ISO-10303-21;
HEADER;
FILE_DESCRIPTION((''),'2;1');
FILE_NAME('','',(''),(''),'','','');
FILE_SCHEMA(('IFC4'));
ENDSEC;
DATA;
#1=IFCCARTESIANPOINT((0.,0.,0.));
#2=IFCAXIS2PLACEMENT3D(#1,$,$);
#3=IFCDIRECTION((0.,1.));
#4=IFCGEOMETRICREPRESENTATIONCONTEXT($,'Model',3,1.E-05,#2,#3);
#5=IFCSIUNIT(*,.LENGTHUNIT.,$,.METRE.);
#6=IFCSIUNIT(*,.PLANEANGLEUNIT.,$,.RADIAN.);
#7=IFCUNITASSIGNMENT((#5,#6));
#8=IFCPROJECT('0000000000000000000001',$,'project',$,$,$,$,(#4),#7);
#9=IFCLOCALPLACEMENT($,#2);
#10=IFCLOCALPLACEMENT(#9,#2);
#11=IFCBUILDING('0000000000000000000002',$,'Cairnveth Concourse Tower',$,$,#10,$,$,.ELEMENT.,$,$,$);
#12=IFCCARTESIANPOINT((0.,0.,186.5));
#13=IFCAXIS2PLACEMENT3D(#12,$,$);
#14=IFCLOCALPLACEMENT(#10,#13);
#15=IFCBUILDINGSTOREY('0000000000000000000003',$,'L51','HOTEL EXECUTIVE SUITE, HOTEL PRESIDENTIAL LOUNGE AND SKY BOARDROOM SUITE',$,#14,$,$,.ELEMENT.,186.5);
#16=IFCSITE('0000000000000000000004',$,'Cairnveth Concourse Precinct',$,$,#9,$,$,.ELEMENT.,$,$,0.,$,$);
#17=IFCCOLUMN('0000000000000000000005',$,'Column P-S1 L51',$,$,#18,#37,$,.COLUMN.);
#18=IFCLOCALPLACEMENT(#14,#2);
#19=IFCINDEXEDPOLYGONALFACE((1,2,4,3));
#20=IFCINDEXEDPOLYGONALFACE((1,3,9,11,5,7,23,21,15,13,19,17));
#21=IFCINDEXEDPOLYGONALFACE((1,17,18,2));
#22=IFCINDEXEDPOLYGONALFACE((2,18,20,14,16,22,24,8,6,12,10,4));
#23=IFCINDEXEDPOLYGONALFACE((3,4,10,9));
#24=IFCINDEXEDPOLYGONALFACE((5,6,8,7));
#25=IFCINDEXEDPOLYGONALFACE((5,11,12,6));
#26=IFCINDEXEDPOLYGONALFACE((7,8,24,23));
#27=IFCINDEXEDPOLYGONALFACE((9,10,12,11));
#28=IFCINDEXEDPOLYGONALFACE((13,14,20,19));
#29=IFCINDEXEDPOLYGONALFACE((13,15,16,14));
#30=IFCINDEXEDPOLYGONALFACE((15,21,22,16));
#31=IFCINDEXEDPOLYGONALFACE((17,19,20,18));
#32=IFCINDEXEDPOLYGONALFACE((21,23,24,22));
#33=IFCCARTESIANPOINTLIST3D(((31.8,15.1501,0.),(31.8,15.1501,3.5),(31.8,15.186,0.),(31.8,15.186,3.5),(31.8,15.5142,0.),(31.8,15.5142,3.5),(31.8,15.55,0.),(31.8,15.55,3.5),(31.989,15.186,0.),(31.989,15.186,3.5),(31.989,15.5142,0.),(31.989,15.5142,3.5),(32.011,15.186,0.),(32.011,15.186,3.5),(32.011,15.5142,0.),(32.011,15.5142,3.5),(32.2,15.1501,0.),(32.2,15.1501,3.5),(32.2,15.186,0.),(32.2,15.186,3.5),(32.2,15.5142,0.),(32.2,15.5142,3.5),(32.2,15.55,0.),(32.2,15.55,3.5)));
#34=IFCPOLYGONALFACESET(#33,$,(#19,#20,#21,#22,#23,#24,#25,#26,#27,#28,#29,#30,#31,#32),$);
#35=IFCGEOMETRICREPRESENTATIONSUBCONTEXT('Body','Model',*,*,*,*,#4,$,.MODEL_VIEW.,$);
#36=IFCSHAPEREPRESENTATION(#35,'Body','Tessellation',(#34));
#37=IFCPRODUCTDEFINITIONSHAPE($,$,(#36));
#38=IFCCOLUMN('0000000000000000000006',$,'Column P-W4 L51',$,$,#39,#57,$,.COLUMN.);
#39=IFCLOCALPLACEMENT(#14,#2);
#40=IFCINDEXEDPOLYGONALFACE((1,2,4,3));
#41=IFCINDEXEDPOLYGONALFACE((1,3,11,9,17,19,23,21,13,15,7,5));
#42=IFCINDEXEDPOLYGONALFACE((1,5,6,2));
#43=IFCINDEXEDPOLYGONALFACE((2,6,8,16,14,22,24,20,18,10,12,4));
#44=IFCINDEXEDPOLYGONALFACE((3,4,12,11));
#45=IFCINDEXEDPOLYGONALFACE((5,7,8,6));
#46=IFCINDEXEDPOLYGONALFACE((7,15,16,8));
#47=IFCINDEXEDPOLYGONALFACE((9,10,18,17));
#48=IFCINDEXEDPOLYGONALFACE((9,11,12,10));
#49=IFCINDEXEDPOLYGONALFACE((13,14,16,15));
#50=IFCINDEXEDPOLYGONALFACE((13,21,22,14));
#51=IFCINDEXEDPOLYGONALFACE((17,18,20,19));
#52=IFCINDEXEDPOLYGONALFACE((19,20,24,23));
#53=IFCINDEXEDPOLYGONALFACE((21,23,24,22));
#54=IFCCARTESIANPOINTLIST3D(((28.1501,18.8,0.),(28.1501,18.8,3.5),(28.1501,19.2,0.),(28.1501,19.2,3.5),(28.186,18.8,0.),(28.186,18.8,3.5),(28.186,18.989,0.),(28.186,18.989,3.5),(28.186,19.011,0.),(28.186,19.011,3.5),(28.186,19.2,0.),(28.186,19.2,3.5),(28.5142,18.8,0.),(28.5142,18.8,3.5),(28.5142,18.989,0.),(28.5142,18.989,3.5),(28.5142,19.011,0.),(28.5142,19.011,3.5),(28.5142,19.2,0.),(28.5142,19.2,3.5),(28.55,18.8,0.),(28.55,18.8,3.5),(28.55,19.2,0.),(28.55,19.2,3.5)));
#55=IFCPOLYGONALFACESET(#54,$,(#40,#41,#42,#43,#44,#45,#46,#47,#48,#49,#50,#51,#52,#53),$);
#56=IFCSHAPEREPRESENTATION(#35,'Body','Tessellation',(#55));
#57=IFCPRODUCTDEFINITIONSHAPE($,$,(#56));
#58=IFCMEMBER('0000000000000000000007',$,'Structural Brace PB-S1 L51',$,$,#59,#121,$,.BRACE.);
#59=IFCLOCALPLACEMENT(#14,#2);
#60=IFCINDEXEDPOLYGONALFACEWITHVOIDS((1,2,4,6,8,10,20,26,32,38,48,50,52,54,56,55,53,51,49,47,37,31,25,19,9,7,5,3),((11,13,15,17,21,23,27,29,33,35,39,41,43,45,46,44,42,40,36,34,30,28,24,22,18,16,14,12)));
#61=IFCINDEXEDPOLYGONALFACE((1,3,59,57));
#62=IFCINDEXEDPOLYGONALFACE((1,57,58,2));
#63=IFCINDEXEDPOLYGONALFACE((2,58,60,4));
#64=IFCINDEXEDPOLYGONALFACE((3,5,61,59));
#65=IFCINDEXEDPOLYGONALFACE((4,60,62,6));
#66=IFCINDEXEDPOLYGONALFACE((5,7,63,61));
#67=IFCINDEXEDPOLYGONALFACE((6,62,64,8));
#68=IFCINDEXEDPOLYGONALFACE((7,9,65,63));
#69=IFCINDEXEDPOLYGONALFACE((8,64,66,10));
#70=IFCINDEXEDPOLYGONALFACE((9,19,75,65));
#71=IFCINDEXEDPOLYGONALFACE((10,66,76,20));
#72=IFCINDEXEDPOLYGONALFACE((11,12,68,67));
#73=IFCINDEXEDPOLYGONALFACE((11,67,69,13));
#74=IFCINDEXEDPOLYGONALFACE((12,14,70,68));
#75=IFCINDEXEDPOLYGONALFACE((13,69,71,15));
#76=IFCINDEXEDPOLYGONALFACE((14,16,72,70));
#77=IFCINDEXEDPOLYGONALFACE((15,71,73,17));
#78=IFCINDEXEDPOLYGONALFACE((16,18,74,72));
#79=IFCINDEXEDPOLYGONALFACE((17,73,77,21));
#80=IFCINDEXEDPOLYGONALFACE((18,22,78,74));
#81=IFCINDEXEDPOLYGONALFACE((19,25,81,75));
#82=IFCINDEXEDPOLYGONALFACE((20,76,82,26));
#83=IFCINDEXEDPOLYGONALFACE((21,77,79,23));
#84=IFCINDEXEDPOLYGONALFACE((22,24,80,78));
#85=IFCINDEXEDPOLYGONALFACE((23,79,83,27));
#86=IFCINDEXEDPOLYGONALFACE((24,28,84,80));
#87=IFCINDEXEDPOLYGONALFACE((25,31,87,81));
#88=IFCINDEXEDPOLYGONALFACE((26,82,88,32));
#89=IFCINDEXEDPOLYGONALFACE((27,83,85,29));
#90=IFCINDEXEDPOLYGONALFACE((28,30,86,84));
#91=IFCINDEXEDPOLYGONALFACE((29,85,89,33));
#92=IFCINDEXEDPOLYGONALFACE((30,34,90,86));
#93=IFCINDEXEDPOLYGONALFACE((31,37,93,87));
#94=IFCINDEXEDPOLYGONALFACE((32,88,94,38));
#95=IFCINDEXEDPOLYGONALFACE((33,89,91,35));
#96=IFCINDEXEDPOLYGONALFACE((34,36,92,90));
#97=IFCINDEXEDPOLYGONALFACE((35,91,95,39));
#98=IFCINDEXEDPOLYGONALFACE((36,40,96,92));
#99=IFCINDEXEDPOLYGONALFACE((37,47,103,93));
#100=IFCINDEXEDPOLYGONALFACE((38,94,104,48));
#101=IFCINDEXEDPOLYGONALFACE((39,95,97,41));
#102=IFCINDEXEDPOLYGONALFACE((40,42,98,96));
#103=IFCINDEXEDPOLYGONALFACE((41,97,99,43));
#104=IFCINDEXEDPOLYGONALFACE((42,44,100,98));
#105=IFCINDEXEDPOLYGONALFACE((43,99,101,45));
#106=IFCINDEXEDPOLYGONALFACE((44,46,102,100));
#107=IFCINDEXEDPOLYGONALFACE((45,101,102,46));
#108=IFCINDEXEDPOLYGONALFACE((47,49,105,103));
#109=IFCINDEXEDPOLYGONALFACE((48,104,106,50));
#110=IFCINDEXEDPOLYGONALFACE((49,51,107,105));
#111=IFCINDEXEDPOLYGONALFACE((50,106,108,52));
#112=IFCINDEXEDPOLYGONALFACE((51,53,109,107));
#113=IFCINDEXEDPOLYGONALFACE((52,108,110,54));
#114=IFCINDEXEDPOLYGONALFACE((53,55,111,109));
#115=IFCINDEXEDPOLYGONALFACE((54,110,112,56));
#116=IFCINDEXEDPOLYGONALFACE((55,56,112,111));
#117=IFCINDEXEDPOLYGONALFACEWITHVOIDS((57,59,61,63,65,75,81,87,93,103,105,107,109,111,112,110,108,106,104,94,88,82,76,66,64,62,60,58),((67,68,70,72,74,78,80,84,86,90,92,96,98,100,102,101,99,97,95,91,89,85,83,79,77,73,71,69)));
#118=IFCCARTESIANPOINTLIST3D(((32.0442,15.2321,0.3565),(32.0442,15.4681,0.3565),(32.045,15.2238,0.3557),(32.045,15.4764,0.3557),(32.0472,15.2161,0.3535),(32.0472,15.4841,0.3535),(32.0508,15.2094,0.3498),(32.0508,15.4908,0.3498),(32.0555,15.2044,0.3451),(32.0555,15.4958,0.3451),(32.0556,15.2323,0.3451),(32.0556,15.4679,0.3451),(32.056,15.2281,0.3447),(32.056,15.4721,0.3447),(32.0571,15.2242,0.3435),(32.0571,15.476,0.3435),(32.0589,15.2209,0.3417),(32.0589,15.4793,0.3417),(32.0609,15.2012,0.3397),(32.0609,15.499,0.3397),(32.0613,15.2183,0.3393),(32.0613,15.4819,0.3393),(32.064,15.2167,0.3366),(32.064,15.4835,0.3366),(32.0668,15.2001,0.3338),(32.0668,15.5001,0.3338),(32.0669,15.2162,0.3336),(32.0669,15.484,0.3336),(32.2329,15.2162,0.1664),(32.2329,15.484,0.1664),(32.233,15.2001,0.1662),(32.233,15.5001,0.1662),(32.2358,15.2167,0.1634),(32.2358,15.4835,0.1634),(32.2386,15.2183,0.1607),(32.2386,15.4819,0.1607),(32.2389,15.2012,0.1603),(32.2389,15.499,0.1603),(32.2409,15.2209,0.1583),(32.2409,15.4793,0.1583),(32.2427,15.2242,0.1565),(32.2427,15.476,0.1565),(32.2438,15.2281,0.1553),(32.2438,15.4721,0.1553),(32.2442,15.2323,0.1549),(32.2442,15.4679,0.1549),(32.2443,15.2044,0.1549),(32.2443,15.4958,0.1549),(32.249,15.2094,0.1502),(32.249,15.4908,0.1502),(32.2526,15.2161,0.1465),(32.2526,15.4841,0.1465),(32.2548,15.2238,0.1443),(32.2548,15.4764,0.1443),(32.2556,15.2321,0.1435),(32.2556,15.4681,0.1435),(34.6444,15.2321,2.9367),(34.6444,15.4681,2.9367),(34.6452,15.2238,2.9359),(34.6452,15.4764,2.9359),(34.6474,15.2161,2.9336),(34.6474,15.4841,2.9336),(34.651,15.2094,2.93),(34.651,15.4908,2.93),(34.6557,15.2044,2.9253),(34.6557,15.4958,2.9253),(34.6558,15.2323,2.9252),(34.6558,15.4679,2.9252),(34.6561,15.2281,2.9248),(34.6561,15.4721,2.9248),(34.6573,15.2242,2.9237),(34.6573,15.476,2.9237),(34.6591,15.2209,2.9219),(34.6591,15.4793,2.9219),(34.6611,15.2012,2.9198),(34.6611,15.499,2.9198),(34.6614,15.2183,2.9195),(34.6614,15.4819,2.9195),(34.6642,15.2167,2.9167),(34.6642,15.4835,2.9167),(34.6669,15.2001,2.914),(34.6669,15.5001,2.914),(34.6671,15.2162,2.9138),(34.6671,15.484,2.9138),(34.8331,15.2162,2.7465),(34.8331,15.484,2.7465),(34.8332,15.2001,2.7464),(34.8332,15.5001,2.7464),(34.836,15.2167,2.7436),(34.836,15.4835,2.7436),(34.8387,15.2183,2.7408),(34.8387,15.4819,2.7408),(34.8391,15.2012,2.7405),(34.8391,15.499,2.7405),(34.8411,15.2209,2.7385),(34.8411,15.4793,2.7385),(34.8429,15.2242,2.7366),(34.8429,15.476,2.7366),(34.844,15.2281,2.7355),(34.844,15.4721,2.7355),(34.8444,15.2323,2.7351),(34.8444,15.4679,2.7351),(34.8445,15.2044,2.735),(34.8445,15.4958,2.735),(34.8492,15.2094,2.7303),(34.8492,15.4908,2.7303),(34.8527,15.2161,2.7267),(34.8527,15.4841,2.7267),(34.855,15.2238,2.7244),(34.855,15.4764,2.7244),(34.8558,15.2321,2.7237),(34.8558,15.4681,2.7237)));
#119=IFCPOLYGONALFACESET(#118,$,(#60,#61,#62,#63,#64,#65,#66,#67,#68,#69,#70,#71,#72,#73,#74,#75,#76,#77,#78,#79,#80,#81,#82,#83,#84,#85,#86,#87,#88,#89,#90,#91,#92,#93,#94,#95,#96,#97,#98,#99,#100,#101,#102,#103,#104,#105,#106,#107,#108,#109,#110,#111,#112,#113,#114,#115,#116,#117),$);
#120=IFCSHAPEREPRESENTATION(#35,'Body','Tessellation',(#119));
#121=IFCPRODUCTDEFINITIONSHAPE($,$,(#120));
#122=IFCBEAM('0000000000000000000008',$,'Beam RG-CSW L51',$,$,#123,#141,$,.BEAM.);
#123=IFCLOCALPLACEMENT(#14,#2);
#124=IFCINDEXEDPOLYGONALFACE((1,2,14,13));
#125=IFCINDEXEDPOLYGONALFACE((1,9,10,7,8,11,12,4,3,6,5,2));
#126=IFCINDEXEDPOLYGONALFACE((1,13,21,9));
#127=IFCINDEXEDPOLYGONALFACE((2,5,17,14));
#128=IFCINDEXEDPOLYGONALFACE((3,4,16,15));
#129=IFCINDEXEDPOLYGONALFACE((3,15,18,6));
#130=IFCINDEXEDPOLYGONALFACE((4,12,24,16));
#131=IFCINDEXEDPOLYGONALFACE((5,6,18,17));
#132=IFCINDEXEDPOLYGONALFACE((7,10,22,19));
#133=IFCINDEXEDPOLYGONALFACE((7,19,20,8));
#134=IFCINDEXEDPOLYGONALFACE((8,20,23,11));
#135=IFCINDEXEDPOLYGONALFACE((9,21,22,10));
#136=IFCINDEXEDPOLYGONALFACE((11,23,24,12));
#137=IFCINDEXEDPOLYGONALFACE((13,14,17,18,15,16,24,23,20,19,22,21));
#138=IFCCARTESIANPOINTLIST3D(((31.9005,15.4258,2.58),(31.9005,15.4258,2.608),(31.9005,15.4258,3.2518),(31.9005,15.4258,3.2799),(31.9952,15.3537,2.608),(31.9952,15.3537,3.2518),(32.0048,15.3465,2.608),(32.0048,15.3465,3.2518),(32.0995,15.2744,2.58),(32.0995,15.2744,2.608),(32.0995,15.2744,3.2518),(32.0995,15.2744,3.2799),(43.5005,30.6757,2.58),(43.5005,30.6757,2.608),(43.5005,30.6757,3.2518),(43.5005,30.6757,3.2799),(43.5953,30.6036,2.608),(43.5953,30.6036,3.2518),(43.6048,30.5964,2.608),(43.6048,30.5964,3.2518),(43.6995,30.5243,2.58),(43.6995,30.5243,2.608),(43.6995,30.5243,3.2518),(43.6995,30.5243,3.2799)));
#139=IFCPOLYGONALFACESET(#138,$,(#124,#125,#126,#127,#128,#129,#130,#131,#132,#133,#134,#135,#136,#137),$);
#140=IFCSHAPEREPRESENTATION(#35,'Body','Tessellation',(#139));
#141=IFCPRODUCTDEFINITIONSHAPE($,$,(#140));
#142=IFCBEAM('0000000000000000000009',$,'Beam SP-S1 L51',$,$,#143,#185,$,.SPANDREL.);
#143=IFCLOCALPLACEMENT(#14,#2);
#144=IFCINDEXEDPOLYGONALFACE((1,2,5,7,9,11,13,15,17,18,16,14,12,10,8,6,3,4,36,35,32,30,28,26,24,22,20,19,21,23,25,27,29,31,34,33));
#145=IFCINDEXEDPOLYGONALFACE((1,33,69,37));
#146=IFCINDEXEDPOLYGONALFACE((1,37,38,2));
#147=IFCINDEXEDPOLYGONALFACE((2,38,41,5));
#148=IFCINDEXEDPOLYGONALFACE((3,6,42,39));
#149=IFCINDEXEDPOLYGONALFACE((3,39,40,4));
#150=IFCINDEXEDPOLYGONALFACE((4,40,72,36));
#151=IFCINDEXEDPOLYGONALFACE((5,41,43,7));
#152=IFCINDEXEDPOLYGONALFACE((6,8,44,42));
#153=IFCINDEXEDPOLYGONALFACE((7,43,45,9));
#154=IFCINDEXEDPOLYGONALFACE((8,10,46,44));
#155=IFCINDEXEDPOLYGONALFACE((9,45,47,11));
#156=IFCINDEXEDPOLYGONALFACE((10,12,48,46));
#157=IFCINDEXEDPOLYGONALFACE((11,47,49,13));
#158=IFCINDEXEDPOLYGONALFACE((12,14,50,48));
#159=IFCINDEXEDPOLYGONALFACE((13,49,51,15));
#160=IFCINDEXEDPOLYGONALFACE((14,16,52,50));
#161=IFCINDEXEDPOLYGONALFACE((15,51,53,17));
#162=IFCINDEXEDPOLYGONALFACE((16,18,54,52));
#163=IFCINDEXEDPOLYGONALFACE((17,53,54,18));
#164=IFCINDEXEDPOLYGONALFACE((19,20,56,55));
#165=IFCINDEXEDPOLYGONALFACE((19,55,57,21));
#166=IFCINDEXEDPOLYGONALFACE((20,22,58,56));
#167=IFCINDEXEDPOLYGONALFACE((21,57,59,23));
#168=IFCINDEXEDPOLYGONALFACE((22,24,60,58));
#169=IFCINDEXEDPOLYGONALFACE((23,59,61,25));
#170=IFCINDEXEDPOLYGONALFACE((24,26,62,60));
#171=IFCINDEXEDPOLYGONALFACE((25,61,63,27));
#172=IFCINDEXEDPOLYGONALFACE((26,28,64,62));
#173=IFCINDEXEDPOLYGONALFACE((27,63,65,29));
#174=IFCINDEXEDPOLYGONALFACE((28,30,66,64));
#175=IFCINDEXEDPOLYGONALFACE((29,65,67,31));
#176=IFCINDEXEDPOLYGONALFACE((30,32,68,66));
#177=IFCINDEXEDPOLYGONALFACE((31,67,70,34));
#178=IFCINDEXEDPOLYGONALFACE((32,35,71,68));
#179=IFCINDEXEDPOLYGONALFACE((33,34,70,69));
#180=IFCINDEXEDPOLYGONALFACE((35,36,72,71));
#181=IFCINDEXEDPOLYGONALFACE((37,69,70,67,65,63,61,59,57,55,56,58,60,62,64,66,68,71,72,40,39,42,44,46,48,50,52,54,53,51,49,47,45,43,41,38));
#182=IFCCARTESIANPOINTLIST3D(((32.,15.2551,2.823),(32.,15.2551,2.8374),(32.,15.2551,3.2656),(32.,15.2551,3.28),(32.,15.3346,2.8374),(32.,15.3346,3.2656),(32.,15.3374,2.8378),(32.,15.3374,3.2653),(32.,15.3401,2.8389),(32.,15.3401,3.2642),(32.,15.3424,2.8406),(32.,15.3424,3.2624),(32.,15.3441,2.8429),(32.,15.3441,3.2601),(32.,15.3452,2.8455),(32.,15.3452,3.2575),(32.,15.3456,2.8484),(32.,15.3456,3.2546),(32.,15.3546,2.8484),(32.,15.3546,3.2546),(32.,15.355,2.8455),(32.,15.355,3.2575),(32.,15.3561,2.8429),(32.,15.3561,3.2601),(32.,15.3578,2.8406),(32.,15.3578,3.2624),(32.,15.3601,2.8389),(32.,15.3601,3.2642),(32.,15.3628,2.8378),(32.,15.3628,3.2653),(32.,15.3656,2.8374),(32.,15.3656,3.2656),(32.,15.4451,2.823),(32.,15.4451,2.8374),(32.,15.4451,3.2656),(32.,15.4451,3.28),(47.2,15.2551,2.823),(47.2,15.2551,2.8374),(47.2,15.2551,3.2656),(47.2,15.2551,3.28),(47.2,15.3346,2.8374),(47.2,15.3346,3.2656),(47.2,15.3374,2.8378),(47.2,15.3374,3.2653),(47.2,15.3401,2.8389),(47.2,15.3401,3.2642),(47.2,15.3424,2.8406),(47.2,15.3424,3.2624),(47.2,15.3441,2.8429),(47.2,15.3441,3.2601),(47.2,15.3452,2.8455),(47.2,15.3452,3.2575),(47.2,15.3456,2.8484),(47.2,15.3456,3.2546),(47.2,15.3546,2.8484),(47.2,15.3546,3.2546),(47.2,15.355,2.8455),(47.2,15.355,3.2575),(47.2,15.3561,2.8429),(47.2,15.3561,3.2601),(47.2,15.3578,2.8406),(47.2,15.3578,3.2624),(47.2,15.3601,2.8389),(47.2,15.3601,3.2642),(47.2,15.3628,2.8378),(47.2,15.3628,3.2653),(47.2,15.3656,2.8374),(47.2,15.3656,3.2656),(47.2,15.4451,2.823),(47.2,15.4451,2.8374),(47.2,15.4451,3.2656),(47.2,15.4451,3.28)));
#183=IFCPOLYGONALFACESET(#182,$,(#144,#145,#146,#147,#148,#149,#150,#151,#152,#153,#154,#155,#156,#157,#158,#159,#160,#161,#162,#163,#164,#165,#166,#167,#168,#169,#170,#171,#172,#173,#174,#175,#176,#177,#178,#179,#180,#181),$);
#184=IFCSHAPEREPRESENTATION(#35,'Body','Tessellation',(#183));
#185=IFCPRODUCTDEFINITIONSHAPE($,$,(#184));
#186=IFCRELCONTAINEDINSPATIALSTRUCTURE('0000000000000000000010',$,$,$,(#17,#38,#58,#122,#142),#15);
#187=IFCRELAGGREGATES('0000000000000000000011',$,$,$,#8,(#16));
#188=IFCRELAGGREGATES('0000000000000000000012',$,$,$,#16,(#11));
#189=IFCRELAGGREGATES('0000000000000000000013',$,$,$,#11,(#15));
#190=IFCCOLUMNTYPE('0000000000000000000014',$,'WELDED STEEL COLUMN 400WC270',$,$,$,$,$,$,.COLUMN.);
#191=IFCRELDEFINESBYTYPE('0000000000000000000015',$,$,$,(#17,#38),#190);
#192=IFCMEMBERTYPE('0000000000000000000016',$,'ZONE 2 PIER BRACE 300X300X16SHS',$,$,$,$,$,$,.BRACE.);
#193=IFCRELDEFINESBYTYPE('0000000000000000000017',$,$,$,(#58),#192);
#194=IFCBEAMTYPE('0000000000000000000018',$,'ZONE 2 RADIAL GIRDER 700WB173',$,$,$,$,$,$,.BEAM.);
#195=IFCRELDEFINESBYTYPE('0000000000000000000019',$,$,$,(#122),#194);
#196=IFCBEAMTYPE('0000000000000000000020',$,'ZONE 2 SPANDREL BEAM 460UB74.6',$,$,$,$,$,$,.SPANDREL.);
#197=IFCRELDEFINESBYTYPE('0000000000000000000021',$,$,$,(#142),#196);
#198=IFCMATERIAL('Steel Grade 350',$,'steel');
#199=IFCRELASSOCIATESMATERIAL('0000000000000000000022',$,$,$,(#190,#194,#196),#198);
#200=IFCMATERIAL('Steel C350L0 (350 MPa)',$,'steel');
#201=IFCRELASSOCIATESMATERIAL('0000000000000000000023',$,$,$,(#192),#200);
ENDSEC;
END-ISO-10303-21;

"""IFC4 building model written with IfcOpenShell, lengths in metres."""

from ifc_helpers import new_model, si_unit, direction, frame, origin, origin_2d, place, context, subcontext, project, spatial, hollow_rectangle, i_section, extrude, material, material_profile, profile_set, type_object, element, save


model = new_model("IFC4")

# Units and contexts
model_context = context("Model", 3, precision=1e-05, world=origin(), true_north=direction((0.0, 1.0)))
body_context = subcontext(model_context, "Body", "Model", "MODEL_VIEW")
ifc_project = project(units=[si_unit("LENGTHUNIT", "METRE"), si_unit("PLANEANGLEUNIT", "RADIAN")], contexts=[model_context])

# Site, building, storey
site_placement = place(None, origin())
site = spatial("IfcSite", under=ifc_project, at=site_placement, Name="Cairnveth Concourse Precinct", CompositionType="ELEMENT", RefElevation=0.0)
building_placement = place(site_placement, origin())
building = spatial("IfcBuilding", under=site, at=building_placement, Name="Cairnveth Concourse Tower", CompositionType="ELEMENT")
storey_placement = place(building_placement, frame((0.0, 0.0, 186.5)))
storey = spatial("IfcBuildingStorey", under=building, at=storey_placement, Name="L51", Description="HOTEL EXECUTIVE SUITE, HOTEL PRESIDENTIAL LOUNGE AND SKY BOARDROOM SUITE", CompositionType="ELEMENT", Elevation=186.5)

# Columns
ifc_material_1 = material(Name="Steel Grade 350", Category="steel")
ifc_material_profile_1 = material_profile(ifc_material_1, i_section(OverallWidth=0.3999, OverallDepth=0.3999, WebThickness=0.022, FlangeThickness=0.0359, at=origin_2d()), Name="400WC270")
ifc_profile_set_1 = profile_set([ifc_material_profile_1], Name="Steel Grade 350")
column_type = type_object("IfcColumnType", Name="WELDED STEEL COLUMN 400WC270", PredefinedType="COLUMN", material=ifc_profile_set_1)
for number, where, z_axis, x_axis, name in (
    (1, (32.0, 15.3501, 0.0), (0.0, 0.0, 1.0), (1.0, 0.0, 0.0), "Column P-S1 L51"),
    (2, (28.3501, 19.0, 0.0), (0.0, 0.0, 1.0), (0.0, 1.0, 0.0), "Column P-W4 L51"),
):
    element("IfcColumn", number, at=place(storey_placement, frame(where, z_axis=z_axis, x_axis=x_axis)), inside=storey, type_object=column_type, Name=name, PredefinedType="COLUMN", context=body_context, shape_type="SweptSolid", body=[
        extrude(i_section(OverallWidth=0.3999, OverallDepth=0.3999, WebThickness=0.022, FlangeThickness=0.0359, at=origin_2d()), origin(), (0.0, 0.0, 1.0), 3.5),
    ])

# Member
ifc_material_2 = material(Name="Steel C350L0 (350 MPa)", Category="steel")
ifc_material_profile_2 = material_profile(ifc_material_2, hollow_rectangle(XDim=0.3, YDim=0.3, WallThickness=0.0161, InnerFilletRadius=0.0161, OuterFilletRadius=0.032, at=origin_2d()), Name="300x300x16.0SHS")
ifc_profile_set_2 = profile_set([ifc_material_profile_2], Name="Steel C350L0 (350 MPa)")
member_type = type_object("IfcMemberType", Name="ZONE 2 PIER BRACE 300X300X16SHS", PredefinedType="BRACE", material=ifc_profile_set_2)
member_placement = place(storey_placement, frame((32.1499, 15.3501, 0.25), z_axis=(0.709834, 0.0, 0.704369), x_axis=(0.0, 1.0, 0.0)))
element("IfcMember", 3, at=member_placement, inside=storey, type_object=member_type, Name="Structural Brace PB-S1 L51", PredefinedType="BRACE", context=body_context, shape_type="SweptSolid", body=[
    extrude(hollow_rectangle(XDim=0.3, YDim=0.3, WallThickness=0.0161, InnerFilletRadius=0.0161, OuterFilletRadius=0.032, at=origin_2d()), origin(), (0.0, 0.0, 1.0), 3.6631),
])

# Beams
ifc_material_profile_3 = material_profile(ifc_material_1, i_section(OverallWidth=0.25, OverallDepth=0.7, WebThickness=0.012, FlangeThickness=0.0281, at=origin_2d()), Name="700WB173")
ifc_profile_set_3 = profile_set([ifc_material_profile_3], Name="Steel Grade 350")
beam_type_1 = type_object("IfcBeamType", Name="ZONE 2 RADIAL GIRDER 700WB173", PredefinedType="BEAM", material=ifc_profile_set_3)
beam_1_placement = place(storey_placement, frame((32.0, 15.3501, 2.9299), z_axis=(0.605417, 0.795908, 0.0), x_axis=(-0.795908, 0.605417, 0.0)))
element("IfcBeam", 4, at=beam_1_placement, inside=storey, type_object=beam_type_1, Name="Beam RG-CSW L51", PredefinedType="BEAM", context=body_context, shape_type="SweptSolid", body=[
    extrude(i_section(OverallWidth=0.25, OverallDepth=0.7, WebThickness=0.012, FlangeThickness=0.0281, at=origin_2d()), origin(), (0.0, 0.0, 1.0), 19.1604),
])
ifc_material_profile_4 = material_profile(ifc_material_1, i_section(OverallWidth=0.1899, OverallDepth=0.457, WebThickness=0.009, FlangeThickness=0.0144, FilletRadius=0.011, at=origin_2d()), Name="460UB74.6")
ifc_profile_set_4 = profile_set([ifc_material_profile_4], Name="Steel Grade 350")
beam_type_2 = type_object("IfcBeamType", Name="ZONE 2 SPANDREL BEAM 460UB74.6", PredefinedType="SPANDREL", material=ifc_profile_set_4)
beam_2_placement = place(storey_placement, frame((32.0, 15.3501, 3.0515), z_axis=(1.0, 0.0, 0.0), x_axis=(0.0, 1.0, 0.0)))
element("IfcBeam", 5, at=beam_2_placement, inside=storey, type_object=beam_type_2, Name="Beam SP-S1 L51", PredefinedType="SPANDREL", context=body_context, shape_type="SweptSolid", body=[
    extrude(i_section(OverallWidth=0.1899, OverallDepth=0.457, WebThickness=0.009, FlangeThickness=0.0144, FilletRadius=0.011, at=origin_2d()), origin(), (0.0, 0.0, 1.0), 15.2),
])

save(model, "model.ifc")
